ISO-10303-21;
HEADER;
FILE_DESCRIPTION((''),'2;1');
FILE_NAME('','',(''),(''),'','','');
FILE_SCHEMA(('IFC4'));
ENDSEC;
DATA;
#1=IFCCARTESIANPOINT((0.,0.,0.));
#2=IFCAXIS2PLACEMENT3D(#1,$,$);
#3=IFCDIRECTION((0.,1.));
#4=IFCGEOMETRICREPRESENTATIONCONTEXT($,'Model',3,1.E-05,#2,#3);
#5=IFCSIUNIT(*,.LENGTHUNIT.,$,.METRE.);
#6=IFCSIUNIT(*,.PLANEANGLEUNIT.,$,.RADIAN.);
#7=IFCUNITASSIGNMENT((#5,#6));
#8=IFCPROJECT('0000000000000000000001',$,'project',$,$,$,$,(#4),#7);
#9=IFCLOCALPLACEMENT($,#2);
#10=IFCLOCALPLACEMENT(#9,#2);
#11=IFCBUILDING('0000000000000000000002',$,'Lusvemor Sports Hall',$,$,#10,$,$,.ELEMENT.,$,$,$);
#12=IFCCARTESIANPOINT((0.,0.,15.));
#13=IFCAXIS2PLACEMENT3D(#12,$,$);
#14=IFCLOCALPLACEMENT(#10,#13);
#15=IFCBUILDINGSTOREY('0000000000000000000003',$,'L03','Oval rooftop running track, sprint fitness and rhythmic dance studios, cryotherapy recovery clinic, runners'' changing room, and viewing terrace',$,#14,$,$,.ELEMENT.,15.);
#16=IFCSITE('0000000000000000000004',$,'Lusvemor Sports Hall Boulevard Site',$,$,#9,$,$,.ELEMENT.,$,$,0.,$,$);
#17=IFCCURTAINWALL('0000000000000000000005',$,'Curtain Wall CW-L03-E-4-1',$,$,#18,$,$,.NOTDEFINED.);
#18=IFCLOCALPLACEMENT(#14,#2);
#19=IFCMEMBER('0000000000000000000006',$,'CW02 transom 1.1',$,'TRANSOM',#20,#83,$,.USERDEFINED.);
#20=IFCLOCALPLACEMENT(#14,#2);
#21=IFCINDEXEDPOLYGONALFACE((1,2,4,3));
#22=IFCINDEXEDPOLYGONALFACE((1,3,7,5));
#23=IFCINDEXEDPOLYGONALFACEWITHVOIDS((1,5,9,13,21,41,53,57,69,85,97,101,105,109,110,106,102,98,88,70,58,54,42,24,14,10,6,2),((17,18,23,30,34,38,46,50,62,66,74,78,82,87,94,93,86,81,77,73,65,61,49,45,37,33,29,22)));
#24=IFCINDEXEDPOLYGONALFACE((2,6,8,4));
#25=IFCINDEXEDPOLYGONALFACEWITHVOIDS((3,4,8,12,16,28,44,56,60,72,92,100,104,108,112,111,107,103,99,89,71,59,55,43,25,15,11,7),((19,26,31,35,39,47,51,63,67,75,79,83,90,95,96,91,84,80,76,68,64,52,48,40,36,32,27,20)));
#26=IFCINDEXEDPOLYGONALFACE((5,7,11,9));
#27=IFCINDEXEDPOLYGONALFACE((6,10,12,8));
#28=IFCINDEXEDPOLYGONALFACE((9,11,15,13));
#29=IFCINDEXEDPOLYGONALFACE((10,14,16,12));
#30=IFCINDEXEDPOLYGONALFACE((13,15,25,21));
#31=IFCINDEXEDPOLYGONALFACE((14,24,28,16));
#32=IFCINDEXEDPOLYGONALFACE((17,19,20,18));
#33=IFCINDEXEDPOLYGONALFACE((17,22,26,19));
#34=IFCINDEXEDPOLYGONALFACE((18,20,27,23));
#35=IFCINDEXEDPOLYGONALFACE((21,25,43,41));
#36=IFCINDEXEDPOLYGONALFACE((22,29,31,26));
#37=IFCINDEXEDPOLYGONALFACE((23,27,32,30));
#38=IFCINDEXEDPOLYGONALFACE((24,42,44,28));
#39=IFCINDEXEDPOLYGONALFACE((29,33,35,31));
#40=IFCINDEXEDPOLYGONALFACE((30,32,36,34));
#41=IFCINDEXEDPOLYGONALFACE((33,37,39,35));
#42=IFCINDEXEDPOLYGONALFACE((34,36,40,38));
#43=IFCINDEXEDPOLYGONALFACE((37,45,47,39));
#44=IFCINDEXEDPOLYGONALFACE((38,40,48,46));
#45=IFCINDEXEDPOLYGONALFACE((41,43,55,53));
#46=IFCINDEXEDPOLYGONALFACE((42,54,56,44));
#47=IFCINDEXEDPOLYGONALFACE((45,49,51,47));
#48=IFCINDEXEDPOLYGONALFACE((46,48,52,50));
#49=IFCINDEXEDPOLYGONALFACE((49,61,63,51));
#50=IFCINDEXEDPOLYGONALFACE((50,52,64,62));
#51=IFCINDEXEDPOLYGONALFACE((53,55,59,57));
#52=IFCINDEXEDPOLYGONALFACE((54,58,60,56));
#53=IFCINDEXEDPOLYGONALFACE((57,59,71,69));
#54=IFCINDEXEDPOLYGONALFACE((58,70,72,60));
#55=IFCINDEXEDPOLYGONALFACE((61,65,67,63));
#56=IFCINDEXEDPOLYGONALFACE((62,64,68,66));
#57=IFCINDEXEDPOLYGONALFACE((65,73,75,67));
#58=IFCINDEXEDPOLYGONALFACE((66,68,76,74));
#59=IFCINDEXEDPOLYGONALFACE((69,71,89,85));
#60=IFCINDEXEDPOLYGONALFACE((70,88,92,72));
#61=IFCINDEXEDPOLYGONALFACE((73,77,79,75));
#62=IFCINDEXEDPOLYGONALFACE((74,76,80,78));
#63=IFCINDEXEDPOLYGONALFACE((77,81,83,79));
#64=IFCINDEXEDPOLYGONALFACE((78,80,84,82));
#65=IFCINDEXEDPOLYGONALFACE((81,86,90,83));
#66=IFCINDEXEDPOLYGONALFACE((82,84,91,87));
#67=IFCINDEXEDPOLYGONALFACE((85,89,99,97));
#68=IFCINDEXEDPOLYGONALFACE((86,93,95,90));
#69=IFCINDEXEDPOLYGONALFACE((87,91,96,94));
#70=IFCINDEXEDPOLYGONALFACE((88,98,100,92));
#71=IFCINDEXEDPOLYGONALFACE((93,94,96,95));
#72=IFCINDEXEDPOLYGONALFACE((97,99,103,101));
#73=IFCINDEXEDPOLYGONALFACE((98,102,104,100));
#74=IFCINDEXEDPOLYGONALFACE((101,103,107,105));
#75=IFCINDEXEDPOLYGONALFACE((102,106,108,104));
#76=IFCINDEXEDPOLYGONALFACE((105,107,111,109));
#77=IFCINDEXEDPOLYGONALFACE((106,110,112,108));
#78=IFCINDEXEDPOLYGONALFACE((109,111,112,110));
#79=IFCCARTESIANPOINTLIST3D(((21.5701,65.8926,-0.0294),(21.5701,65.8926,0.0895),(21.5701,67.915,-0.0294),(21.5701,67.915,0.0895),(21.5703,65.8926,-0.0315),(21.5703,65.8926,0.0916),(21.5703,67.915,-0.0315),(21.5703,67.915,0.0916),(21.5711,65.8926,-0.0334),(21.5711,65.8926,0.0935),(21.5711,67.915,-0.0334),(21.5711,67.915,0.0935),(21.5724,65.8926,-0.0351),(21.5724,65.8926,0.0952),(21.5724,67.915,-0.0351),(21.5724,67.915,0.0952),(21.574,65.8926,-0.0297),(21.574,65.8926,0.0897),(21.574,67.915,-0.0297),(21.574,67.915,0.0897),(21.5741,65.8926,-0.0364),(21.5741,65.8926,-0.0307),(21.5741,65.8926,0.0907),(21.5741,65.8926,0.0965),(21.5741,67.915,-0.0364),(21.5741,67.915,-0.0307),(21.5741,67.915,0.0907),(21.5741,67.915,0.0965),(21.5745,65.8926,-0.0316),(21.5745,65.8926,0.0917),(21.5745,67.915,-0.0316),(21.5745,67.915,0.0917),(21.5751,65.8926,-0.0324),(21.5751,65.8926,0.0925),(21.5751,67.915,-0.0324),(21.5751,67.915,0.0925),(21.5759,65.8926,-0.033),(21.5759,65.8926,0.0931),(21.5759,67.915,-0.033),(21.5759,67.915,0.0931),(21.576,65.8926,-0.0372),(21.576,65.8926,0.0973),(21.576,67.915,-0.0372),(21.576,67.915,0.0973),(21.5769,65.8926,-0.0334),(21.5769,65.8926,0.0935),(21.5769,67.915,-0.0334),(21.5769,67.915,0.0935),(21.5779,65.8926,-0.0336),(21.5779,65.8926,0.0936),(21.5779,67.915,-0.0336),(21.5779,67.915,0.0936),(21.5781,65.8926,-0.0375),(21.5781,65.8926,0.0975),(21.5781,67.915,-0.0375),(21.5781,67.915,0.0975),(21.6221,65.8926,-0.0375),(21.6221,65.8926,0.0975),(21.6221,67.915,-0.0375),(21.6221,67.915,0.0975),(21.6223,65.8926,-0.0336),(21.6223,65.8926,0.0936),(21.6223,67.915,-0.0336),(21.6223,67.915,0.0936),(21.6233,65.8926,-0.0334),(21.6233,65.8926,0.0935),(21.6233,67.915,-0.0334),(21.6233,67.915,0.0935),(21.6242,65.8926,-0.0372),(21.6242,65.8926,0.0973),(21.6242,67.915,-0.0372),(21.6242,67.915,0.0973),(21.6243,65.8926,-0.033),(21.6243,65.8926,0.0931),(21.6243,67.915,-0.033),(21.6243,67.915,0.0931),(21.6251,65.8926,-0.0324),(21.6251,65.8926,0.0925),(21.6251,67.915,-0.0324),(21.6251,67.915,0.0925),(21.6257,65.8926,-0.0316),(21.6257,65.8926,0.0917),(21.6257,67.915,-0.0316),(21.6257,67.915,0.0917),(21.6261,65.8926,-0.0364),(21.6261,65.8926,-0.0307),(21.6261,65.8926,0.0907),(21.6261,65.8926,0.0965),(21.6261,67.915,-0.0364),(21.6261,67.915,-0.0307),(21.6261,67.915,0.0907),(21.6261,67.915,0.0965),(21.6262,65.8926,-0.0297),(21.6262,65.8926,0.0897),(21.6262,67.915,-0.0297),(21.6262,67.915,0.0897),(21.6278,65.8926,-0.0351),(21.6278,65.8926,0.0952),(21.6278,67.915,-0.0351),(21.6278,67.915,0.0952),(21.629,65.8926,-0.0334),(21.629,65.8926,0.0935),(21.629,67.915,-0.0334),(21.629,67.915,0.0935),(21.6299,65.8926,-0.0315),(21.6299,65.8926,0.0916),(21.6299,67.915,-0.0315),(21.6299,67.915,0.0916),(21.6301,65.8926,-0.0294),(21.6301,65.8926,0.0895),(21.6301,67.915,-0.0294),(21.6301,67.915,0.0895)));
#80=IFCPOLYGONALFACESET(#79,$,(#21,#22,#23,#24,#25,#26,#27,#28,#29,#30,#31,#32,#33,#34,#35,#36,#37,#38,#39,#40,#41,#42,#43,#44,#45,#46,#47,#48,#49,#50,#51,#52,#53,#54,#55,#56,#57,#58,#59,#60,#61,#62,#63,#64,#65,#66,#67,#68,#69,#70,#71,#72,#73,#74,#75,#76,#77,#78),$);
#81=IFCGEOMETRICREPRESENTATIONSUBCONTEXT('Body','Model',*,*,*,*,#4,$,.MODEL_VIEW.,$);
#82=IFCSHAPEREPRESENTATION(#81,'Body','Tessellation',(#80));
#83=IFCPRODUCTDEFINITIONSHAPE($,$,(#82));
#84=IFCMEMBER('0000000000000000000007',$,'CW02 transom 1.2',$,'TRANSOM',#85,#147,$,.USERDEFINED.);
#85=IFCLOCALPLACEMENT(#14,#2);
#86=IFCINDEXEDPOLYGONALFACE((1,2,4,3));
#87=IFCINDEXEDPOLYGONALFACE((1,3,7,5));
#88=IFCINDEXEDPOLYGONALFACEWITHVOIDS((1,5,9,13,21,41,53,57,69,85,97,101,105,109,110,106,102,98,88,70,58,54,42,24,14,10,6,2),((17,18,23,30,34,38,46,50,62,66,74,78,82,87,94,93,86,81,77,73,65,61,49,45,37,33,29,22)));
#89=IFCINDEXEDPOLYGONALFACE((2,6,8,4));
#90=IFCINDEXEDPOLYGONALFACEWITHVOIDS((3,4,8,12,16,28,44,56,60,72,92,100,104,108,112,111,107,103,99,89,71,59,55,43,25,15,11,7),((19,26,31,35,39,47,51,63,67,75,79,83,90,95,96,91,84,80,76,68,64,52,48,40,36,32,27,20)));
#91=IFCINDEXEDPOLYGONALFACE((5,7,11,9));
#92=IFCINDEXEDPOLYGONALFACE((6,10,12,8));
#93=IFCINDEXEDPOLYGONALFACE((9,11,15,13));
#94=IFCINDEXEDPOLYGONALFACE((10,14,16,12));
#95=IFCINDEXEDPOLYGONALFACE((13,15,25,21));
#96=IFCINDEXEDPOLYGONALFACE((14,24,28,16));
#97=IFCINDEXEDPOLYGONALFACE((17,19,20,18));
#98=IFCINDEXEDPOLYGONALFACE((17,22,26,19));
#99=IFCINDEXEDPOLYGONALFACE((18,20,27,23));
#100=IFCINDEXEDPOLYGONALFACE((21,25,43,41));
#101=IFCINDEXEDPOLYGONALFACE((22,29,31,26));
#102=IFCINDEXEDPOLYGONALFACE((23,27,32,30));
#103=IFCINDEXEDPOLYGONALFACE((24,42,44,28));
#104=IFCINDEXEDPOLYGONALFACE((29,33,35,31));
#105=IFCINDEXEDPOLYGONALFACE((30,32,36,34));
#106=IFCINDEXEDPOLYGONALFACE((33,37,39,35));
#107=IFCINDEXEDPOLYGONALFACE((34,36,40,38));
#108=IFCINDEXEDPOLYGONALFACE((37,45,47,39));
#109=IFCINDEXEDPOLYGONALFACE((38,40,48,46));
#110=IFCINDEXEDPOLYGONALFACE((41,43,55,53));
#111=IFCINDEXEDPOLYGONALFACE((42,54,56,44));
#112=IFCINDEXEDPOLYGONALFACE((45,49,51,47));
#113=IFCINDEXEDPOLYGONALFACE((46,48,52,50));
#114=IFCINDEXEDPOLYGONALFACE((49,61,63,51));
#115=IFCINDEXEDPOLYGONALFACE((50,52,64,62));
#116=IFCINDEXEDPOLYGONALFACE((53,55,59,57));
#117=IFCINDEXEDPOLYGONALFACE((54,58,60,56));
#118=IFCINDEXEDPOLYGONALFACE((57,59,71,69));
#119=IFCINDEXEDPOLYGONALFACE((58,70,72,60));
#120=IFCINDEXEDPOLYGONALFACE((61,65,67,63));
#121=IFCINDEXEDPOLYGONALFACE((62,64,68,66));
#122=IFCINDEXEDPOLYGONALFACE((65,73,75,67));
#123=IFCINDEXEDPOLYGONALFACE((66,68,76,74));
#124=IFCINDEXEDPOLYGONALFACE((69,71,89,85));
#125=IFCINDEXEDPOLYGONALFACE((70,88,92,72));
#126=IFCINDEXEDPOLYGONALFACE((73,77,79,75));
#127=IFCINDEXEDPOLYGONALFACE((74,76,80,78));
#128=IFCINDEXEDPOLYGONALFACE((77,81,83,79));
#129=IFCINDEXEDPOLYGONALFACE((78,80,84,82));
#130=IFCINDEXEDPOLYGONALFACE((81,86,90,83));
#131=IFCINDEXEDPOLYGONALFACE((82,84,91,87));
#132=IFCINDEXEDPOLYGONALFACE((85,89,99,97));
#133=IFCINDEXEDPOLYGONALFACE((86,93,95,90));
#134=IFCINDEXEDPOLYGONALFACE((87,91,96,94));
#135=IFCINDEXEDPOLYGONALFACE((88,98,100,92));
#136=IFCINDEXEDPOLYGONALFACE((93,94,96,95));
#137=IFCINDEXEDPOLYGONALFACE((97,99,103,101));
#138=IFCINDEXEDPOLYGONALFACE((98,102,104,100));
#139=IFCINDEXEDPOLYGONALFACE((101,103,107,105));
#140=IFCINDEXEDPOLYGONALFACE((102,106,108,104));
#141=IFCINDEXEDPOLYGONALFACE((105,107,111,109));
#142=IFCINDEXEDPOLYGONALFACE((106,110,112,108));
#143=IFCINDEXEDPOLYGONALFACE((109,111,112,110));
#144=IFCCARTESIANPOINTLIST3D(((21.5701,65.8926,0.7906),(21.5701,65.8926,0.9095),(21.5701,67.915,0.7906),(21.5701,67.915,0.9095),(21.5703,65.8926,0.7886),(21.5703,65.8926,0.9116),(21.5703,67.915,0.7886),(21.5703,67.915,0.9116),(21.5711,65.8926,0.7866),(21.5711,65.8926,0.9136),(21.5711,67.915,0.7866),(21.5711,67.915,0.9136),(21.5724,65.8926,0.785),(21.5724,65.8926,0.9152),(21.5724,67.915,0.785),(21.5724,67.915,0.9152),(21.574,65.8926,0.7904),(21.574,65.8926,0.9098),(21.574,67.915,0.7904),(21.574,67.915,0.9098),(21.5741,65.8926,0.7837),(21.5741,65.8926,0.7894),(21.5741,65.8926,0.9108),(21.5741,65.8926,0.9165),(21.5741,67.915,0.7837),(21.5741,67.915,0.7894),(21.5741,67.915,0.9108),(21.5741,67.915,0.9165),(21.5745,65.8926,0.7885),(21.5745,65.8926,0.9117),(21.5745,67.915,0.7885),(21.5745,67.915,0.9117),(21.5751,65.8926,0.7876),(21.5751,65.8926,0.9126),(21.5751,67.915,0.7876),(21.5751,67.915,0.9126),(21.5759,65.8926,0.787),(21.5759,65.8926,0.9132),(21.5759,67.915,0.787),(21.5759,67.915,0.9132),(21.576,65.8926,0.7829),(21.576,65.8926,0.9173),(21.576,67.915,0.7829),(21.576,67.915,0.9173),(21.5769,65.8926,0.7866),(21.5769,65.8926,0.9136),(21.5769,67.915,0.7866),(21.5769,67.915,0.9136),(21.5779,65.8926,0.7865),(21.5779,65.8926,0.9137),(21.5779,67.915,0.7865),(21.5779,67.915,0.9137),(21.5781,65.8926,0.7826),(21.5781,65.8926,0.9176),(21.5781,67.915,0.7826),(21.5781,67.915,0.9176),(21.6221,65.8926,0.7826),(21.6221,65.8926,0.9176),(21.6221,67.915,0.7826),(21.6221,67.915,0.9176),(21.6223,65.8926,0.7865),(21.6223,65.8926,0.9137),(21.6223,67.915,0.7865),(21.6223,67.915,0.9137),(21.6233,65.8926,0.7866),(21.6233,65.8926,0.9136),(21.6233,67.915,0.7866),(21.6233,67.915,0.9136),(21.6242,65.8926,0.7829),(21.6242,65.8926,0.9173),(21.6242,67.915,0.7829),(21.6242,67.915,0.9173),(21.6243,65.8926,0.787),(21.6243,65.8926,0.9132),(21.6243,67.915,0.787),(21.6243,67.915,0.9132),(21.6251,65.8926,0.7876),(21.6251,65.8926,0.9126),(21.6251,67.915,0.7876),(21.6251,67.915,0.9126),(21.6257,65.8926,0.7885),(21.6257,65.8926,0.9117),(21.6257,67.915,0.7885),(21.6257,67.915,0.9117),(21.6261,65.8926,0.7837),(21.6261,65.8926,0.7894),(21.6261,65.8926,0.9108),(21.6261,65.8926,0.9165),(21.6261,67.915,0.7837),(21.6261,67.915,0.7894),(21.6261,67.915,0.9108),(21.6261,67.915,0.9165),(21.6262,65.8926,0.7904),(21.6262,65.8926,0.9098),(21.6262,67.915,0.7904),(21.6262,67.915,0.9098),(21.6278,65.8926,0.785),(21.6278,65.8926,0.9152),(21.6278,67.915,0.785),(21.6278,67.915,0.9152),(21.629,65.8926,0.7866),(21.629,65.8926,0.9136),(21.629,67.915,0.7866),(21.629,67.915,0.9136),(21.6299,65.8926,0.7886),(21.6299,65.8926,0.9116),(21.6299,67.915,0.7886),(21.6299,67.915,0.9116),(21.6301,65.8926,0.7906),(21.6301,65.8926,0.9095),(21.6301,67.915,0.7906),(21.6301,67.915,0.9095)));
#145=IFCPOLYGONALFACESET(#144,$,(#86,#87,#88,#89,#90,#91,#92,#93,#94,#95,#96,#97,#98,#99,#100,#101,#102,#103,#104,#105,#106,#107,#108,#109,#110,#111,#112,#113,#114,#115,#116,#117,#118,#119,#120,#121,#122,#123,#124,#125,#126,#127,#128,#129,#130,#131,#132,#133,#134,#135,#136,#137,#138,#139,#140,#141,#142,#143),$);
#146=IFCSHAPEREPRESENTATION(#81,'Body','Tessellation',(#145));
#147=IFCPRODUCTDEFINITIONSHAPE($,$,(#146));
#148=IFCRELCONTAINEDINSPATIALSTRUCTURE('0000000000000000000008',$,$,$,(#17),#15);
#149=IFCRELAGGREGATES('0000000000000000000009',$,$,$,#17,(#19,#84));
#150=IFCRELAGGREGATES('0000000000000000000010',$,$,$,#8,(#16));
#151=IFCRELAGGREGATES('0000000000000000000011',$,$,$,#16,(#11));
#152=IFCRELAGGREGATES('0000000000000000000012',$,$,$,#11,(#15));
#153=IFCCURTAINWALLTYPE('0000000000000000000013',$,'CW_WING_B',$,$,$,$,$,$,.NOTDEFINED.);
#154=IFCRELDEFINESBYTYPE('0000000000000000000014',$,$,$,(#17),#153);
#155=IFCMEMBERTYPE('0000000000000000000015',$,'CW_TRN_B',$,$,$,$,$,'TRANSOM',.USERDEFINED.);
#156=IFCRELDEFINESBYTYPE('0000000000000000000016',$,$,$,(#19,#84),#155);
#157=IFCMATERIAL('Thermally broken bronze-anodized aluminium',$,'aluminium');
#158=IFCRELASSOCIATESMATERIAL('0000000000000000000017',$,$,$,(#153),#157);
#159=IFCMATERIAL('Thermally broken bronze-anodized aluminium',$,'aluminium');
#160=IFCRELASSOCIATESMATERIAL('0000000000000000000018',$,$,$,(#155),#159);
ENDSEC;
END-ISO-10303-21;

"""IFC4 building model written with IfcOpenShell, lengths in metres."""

from ifc_helpers import new_model, si_unit, direction, frame, origin, origin_2d, place, context, subcontext, project, spatial, hollow_rectangle, extrude, material, material_profile, profile_set, type_object, element, aggregate, save


model = new_model("IFC4")

# Units and contexts
model_context = context("Model", 3, precision=1e-05, world=origin(), true_north=direction((0.0, 1.0)))
body_context = subcontext(model_context, "Body", "Model", "MODEL_VIEW")
ifc_project = project(units=[si_unit("LENGTHUNIT", "METRE"), si_unit("PLANEANGLEUNIT", "RADIAN")], contexts=[model_context])

# Site, building, storey
site_placement = place(None, origin())
site = spatial("IfcSite", under=ifc_project, at=site_placement, Name="Lusvemor Sports Hall Boulevard Site", CompositionType="ELEMENT", RefElevation=0.0)
building_placement = place(site_placement, origin())
building = spatial("IfcBuilding", under=site, at=building_placement, Name="Lusvemor Sports Hall", CompositionType="ELEMENT")
storey_placement = place(building_placement, frame((0.0, 0.0, 15.0)))
storey = spatial("IfcBuildingStorey", under=building, at=storey_placement, Name="L03", Description="Oval rooftop running track, sprint fitness and rhythmic dance studios, cryotherapy recovery clinic, runners' changing room, and viewing terrace", CompositionType="ELEMENT", Elevation=15.0)

# Shared definitions
ifc_material_1 = material(Name="Thermally broken bronze-anodized aluminium", Category="aluminium")
curtain_wall_type = type_object("IfcCurtainWallType", Name="CW_WING_B", PredefinedType="NOTDEFINED", material=ifc_material_1)

# Curtain wall
curtain_wall_1_placement = place(storey_placement, origin())
curtain_wall_1 = element("IfcCurtainWall", 1, at=curtain_wall_1_placement, inside=storey, type_object=curtain_wall_type, Name="Curtain Wall CW-L03-E-4-1", PredefinedType="NOTDEFINED")

# Members
ifc_material_2 = material(Name="Thermally broken bronze-anodized aluminium", Category="aluminium")
ifc_material_profile_1 = material_profile(ifc_material_2, hollow_rectangle(XDim=0.0601, YDim=0.135, WallThickness=0.0039, InnerFilletRadius=0.0039, OuterFilletRadius=0.0081, at=origin_2d()), Name="CWTRN135x60x4")
ifc_profile_set_1 = profile_set([ifc_material_profile_1], Name="Thermally broken bronze-anodized aluminium")
member_type_1 = type_object("IfcMemberType", Name="CW_TRN_B", ElementType="TRANSOM", PredefinedType="USERDEFINED", material=ifc_profile_set_1)
member_1_placement = place(storey_placement, frame((21.6001, 67.915, 0.03), z_axis=(0.0, -1.0, 0.0), x_axis=(1.0, 0.0, 0.0)))
member_1 = element("IfcMember", 2, at=member_1_placement, type_object=member_type_1, Name="CW02 transom 1.1", ObjectType="TRANSOM", PredefinedType="USERDEFINED", context=body_context, shape_type="SweptSolid", body=[
    extrude(hollow_rectangle(XDim=0.0601, YDim=0.135, WallThickness=0.0039, InnerFilletRadius=0.0039, OuterFilletRadius=0.0081, at=origin_2d()), origin(), (0.0, 0.0, 1.0), 2.0225),
])
member_2_placement = place(storey_placement, frame((21.6001, 67.915, 0.8501), z_axis=(0.0, -1.0, 0.0), x_axis=(1.0, 0.0, 0.0)))
member_2 = element("IfcMember", 3, at=member_2_placement, type_object=member_type_1, Name="CW02 transom 1.2", ObjectType="TRANSOM", PredefinedType="USERDEFINED", context=body_context, shape_type="SweptSolid", body=[
    extrude(hollow_rectangle(XDim=0.0601, YDim=0.135, WallThickness=0.0039, InnerFilletRadius=0.0039, OuterFilletRadius=0.0081, at=origin_2d()), origin(), (0.0, 0.0, 1.0), 2.0225),
])

aggregate(curtain_wall_1, [member_1, member_2])

save(model, "model.ifc")
